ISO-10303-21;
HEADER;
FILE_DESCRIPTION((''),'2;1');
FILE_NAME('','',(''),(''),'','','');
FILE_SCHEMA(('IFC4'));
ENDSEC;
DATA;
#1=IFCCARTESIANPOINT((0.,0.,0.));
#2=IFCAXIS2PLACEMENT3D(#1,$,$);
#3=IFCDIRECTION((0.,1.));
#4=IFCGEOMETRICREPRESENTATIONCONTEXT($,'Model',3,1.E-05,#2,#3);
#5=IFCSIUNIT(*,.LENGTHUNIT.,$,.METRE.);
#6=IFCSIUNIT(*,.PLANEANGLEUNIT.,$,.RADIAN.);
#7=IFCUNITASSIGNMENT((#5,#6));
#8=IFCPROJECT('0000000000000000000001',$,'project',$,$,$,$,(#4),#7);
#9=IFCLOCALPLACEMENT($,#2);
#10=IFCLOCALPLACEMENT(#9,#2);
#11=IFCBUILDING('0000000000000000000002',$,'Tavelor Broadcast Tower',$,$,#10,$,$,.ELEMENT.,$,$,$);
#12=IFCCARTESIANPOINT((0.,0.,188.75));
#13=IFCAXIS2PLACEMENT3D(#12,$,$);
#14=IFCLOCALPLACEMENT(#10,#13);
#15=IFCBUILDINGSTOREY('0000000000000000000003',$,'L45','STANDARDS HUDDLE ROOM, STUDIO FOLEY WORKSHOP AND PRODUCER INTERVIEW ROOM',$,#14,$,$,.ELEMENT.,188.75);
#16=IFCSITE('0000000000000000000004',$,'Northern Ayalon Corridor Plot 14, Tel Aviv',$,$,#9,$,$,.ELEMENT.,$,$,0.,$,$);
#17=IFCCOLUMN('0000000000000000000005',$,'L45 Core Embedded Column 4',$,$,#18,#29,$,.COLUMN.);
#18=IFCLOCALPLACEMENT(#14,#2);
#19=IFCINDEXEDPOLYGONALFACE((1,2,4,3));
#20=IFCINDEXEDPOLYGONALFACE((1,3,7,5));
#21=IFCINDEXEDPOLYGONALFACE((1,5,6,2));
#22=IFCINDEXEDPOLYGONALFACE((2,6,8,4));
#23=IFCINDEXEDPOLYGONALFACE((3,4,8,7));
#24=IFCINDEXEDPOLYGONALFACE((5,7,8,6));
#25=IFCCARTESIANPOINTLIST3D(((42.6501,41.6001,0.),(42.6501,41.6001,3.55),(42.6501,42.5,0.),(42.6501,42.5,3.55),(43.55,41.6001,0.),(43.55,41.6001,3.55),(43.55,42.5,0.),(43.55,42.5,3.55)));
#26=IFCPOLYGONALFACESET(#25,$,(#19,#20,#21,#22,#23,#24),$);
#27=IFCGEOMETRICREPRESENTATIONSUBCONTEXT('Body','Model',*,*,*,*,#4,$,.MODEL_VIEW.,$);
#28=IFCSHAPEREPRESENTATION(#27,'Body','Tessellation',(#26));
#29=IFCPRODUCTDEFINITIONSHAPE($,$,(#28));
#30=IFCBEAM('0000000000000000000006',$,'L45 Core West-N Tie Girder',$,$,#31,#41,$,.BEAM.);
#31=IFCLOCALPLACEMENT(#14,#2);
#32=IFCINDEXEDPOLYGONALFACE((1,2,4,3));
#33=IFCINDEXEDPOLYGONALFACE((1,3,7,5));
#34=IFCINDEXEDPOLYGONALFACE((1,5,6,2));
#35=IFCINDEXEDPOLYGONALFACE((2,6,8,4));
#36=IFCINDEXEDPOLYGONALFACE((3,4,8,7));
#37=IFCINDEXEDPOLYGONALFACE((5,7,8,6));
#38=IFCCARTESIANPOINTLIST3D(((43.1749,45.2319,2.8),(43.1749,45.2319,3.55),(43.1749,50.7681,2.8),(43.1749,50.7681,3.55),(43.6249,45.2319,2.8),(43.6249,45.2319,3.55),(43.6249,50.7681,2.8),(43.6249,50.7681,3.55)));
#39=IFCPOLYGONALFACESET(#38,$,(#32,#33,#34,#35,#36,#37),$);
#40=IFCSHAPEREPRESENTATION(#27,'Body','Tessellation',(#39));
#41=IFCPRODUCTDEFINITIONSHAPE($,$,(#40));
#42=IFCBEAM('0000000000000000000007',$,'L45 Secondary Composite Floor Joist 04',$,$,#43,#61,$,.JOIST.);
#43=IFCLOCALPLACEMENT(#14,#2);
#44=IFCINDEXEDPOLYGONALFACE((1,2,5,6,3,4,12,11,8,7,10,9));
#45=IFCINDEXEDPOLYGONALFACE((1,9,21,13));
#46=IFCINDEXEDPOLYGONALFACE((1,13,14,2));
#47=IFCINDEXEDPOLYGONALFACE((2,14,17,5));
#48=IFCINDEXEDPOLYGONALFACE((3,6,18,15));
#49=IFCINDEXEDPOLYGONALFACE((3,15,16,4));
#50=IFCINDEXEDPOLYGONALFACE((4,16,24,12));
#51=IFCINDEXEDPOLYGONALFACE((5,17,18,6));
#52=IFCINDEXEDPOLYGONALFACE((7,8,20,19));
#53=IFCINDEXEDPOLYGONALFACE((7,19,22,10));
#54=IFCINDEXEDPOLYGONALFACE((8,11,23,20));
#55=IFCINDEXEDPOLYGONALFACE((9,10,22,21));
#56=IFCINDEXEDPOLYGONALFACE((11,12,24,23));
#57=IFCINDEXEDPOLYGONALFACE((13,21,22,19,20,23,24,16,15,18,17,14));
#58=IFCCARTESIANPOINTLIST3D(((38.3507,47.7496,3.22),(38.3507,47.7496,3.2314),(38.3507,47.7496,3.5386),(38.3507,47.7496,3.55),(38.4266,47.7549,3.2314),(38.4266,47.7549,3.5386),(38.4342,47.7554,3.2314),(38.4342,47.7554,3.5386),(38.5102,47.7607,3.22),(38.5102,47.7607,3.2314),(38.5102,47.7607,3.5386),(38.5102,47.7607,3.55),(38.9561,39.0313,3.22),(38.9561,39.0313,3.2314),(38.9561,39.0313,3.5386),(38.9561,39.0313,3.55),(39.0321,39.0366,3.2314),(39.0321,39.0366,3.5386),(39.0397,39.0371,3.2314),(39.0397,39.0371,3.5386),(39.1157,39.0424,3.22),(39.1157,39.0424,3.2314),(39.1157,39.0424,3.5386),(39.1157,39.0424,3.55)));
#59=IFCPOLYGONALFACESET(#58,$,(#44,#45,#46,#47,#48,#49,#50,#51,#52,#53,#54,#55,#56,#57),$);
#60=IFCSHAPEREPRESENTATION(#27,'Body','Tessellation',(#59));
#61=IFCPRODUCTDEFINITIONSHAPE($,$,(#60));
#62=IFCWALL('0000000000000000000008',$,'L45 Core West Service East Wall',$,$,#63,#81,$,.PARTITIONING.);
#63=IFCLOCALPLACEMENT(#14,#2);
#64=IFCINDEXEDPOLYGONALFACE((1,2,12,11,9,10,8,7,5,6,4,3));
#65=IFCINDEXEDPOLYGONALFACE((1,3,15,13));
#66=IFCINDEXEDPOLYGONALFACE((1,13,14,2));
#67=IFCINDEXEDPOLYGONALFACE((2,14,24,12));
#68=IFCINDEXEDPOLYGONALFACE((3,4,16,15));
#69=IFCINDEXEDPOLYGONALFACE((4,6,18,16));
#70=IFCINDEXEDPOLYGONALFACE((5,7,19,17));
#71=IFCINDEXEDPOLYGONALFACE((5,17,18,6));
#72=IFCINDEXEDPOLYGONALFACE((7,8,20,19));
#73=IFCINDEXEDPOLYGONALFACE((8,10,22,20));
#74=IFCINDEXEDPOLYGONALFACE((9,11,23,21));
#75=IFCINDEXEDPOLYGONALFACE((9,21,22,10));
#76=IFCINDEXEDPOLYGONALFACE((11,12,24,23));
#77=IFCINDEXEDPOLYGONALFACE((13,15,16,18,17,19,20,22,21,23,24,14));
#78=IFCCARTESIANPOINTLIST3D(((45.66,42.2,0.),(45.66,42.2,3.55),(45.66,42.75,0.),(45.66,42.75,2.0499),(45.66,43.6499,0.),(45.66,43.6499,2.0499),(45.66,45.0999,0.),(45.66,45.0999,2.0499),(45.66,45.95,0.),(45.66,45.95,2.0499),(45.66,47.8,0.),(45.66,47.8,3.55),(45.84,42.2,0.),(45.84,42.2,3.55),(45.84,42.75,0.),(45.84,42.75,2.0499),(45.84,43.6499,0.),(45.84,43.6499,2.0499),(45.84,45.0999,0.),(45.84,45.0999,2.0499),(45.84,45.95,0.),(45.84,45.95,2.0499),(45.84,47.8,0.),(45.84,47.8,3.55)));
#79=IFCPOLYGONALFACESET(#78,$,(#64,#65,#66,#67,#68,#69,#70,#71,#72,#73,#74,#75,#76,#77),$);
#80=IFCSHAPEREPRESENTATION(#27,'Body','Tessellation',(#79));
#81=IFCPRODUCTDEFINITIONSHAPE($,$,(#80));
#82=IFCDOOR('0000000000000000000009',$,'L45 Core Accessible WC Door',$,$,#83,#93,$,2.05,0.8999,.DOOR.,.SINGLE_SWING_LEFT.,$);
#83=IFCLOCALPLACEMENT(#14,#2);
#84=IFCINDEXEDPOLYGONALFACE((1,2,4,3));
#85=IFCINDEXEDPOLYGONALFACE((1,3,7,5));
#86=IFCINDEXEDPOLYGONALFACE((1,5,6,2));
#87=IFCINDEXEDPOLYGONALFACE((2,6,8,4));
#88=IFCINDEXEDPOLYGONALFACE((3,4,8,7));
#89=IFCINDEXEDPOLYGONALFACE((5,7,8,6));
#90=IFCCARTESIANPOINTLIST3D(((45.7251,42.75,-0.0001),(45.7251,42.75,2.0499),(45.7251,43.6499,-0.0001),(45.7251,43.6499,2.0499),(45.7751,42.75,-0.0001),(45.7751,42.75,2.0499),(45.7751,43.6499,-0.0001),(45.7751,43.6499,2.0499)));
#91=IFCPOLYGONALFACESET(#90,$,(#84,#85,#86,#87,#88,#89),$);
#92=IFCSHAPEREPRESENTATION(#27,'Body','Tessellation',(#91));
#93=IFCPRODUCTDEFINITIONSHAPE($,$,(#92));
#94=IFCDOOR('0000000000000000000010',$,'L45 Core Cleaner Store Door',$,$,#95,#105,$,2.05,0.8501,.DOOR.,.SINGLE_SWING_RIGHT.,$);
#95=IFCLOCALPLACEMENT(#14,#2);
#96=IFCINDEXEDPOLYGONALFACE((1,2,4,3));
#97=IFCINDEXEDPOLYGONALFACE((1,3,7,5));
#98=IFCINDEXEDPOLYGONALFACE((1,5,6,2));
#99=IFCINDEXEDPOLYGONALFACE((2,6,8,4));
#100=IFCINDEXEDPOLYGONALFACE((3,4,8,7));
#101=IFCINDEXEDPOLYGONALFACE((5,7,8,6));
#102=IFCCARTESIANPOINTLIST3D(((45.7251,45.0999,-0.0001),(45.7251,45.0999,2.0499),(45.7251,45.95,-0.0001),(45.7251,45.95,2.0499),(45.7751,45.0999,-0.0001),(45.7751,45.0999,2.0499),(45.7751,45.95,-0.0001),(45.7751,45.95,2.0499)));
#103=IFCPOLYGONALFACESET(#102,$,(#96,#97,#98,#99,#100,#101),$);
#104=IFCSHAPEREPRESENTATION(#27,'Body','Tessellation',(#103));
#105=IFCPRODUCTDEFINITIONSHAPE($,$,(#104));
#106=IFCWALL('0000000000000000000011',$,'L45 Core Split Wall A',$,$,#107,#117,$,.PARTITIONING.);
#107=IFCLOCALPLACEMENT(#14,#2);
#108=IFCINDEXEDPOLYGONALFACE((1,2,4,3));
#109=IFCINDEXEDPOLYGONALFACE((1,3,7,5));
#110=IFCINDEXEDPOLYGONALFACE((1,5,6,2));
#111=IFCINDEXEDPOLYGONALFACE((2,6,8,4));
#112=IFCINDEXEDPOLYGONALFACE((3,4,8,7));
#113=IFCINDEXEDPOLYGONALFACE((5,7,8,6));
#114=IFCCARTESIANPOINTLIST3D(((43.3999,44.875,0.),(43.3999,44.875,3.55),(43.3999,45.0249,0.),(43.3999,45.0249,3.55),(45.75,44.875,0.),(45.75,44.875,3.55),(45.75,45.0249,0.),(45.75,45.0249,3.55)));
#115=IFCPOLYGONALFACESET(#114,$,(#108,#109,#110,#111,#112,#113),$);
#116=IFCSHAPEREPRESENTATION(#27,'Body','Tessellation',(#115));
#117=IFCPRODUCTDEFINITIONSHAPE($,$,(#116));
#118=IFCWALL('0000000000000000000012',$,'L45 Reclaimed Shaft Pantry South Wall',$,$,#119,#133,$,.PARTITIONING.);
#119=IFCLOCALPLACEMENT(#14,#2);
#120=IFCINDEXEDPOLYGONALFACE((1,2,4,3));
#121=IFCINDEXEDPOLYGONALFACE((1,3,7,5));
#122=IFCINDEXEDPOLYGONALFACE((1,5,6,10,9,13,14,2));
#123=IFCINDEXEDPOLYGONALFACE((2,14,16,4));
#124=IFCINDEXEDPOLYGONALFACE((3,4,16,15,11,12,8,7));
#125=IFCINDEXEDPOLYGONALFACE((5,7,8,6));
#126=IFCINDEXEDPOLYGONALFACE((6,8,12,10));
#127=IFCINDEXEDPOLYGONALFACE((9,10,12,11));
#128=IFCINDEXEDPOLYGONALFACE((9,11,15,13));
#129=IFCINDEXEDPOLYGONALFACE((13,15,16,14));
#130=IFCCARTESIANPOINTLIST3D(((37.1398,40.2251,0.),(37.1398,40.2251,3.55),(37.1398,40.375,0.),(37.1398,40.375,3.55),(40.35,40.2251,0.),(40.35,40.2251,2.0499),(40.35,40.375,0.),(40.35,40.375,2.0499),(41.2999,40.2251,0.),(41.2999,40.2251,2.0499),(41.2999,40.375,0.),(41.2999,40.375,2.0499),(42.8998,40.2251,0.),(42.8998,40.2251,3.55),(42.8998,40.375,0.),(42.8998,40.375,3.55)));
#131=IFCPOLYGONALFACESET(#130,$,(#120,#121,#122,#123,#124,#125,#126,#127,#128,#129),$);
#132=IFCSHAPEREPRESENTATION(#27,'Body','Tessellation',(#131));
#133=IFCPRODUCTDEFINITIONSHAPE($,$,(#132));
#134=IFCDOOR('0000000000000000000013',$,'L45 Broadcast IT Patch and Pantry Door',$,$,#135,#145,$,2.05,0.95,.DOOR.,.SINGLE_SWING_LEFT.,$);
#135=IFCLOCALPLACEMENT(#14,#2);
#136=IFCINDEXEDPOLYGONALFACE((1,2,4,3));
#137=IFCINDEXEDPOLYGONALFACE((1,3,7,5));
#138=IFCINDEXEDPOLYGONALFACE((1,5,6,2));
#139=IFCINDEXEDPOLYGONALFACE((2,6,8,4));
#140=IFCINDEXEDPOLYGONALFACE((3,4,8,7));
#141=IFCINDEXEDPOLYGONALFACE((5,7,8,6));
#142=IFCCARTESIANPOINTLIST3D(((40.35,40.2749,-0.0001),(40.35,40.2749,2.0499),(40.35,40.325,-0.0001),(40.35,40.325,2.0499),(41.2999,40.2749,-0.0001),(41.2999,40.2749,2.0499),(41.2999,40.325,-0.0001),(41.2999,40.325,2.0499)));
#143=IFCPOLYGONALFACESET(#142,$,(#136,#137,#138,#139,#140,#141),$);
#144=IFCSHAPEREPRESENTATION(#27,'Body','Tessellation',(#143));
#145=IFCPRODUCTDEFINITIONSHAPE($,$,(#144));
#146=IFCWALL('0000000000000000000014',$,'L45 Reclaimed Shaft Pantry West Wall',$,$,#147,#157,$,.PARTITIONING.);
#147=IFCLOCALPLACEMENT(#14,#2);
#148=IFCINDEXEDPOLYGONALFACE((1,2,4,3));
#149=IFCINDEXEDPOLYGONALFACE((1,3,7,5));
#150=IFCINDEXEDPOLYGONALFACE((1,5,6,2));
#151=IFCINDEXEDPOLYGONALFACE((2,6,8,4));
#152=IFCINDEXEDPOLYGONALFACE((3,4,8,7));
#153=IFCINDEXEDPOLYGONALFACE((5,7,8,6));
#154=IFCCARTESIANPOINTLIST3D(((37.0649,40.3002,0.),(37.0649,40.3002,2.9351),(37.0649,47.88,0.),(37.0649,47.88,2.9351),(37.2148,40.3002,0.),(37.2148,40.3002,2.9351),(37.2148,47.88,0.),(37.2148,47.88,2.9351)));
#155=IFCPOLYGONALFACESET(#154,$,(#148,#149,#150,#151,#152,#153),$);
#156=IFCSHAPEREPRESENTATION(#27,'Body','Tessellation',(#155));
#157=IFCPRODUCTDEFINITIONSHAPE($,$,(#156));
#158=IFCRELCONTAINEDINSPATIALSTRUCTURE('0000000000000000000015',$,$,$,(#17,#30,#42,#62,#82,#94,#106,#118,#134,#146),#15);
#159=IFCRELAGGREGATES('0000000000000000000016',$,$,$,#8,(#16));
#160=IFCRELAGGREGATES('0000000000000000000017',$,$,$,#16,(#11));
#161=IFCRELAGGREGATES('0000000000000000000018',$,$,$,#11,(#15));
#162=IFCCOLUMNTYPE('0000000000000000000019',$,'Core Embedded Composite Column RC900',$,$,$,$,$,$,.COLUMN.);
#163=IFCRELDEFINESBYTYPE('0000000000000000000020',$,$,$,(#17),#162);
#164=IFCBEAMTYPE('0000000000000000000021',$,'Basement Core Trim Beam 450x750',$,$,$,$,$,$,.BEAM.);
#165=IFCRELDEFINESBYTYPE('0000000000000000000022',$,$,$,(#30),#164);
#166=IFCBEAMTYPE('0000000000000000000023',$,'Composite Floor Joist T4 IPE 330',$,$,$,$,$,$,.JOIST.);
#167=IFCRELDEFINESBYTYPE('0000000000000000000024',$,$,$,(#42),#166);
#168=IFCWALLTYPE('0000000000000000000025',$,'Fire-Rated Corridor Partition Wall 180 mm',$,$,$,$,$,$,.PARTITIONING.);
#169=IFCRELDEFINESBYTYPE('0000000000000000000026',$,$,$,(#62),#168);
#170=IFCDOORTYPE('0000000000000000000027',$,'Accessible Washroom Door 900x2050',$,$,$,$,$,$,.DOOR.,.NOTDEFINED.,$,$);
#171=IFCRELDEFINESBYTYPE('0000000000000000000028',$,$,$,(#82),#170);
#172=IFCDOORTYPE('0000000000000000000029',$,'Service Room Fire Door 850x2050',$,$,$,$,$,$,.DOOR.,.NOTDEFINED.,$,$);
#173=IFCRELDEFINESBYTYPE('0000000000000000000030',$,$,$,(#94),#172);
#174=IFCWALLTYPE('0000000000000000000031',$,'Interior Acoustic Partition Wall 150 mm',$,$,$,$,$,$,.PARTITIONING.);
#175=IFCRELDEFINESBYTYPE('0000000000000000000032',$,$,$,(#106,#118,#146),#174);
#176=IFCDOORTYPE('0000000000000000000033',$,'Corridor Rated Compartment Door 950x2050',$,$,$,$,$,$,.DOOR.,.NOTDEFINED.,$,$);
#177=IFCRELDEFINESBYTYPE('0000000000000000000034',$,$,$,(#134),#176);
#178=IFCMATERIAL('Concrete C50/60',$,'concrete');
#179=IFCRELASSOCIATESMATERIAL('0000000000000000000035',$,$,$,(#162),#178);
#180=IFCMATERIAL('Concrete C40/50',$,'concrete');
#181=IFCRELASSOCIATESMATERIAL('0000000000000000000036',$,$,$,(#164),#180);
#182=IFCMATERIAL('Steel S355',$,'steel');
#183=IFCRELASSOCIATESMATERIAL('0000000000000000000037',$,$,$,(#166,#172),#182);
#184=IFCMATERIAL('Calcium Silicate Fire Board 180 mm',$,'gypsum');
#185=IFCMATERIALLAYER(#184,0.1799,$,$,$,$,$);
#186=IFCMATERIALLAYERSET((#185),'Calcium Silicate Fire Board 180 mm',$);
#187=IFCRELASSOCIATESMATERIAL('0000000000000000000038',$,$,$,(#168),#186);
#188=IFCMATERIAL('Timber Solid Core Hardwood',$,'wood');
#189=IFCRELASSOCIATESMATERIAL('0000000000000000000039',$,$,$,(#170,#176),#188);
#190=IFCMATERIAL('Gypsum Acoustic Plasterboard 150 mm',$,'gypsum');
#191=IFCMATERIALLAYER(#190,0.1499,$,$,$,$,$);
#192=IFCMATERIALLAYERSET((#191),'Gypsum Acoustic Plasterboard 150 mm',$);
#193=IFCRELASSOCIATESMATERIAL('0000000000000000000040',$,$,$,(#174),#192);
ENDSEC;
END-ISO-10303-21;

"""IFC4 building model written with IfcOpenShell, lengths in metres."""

from ifc_helpers import new_model, si_unit, direction, frame, frame_2d, origin, origin_2d, place, context, subcontext, project, spatial, rectangle, i_section, extrude, material, layer, layer_set, material_profile, profile_set, type_object, element, fill, save


model = new_model("IFC4")

# Units and contexts
model_context = context("Model", 3, precision=1e-05, world=origin(), true_north=direction((0.0, 1.0)))
body_context = subcontext(model_context, "Body", "Model", "MODEL_VIEW")
ifc_project = project(units=[si_unit("LENGTHUNIT", "METRE"), si_unit("PLANEANGLEUNIT", "RADIAN")], contexts=[model_context])

# Site, building, storey
site_placement = place(None, origin())
site = spatial("IfcSite", under=ifc_project, at=site_placement, Name="Northern Ayalon Corridor Plot 14, Tel Aviv", CompositionType="ELEMENT", RefElevation=0.0)
building_placement = place(site_placement, origin())
building = spatial("IfcBuilding", under=site, at=building_placement, Name="Tavelor Broadcast Tower", CompositionType="ELEMENT")
storey_placement = place(building_placement, frame((0.0, 0.0, 188.75)))
storey = spatial("IfcBuildingStorey", under=building, at=storey_placement, Name="L45", Description="STANDARDS HUDDLE ROOM, STUDIO FOLEY WORKSHOP AND PRODUCER INTERVIEW ROOM", CompositionType="ELEMENT", Elevation=188.75)

# Column
ifc_material_1 = material(Name="Concrete C50/60", Category="concrete")
ifc_material_profile_1 = material_profile(ifc_material_1, rectangle(XDim=0.8999, YDim=0.8999, at=origin_2d()), Name="RC 900x900")
ifc_profile_set_1 = profile_set([ifc_material_profile_1], Name="Concrete C50/60")
column_type = type_object("IfcColumnType", Name="Core Embedded Composite Column RC900", PredefinedType="COLUMN", material=ifc_profile_set_1)
column_placement = place(storey_placement, frame((43.1001, 42.05, 0.0), z_axis=(0.0, 0.0, 1.0), x_axis=(1.0, 0.0, 0.0)))
element("IfcColumn", 1, at=column_placement, inside=storey, type_object=column_type, Name="L45 Core Embedded Column 4", PredefinedType="COLUMN", context=body_context, shape_type="SweptSolid", body=[
    extrude(rectangle(XDim=0.8999, YDim=0.8999, at=origin_2d()), origin(), (0.0, 0.0, 1.0), 3.55),
])

# Beams
ifc_material_2 = material(Name="Concrete C40/50", Category="concrete")
ifc_material_profile_2 = material_profile(ifc_material_2, rectangle(XDim=0.45, YDim=0.75, at=origin_2d()), Name="RC 450x750")
ifc_profile_set_2 = profile_set([ifc_material_profile_2], Name="Concrete C40/50")
beam_type_1 = type_object("IfcBeamType", Name="Basement Core Trim Beam 450x750", PredefinedType="BEAM", material=ifc_profile_set_2)
beam_1_placement = place(storey_placement, frame((43.3999, 45.2319, 3.175), z_axis=(0.0, 1.0, 0.0), x_axis=(-1.0, 0.0, 0.0)))
element("IfcBeam", 2, at=beam_1_placement, inside=storey, type_object=beam_type_1, Name="L45 Core West-N Tie Girder", PredefinedType="BEAM", context=body_context, shape_type="SweptSolid", body=[
    extrude(rectangle(XDim=0.45, YDim=0.75, at=origin_2d()), origin(), (0.0, 0.0, 1.0), 5.5361),
])
ifc_material_3 = material(Name="Steel S355", Category="steel")
ifc_material_profile_3 = material_profile(ifc_material_3, i_section(OverallWidth=0.1599, OverallDepth=0.3301, WebThickness=0.0076, FlangeThickness=0.0115, at=origin_2d()), Name="IPE 330")
ifc_profile_set_3 = profile_set([ifc_material_profile_3], Name="Steel S355")
beam_type_2 = type_object("IfcBeamType", Name="Composite Floor Joist T4 IPE 330", PredefinedType="JOIST", material=ifc_profile_set_3)
beam_2_placement = place(storey_placement, frame((38.4304, 47.7551, 3.385), z_axis=(0.069281, -0.997597, 0.0), x_axis=(0.997597, 0.069281, 0.0)))
element("IfcBeam", 3, at=beam_2_placement, inside=storey, type_object=beam_type_2, Name="L45 Secondary Composite Floor Joist 04", PredefinedType="JOIST", context=body_context, shape_type="SweptSolid", body=[
    extrude(i_section(OverallWidth=0.1599, OverallDepth=0.3301, WebThickness=0.0076, FlangeThickness=0.0115, at=origin_2d()), origin(), (0.0, 0.0, 1.0), 8.7393),
])

# Wall, openings, doors
ifc_material_4 = material(Name="Calcium Silicate Fire Board 180 mm", Category="gypsum")
ifc_layer_1 = layer(ifc_material_4, 0.1799)
ifc_layer_set_1 = layer_set([ifc_layer_1], Name="Calcium Silicate Fire Board 180 mm")
wall_type_1 = type_object("IfcWallType", Name="Fire-Rated Corridor Partition Wall 180 mm", PredefinedType="PARTITIONING", material=ifc_layer_set_1)
wall_1_placement = place(storey_placement, frame((45.75, 42.2, 0.0), z_axis=(0.0, 0.0, 1.0), x_axis=(0.0, 1.0, 0.0)))
wall_1 = element("IfcWall", 4, at=wall_1_placement, inside=storey, type_object=wall_type_1, Name="L45 Core West Service East Wall", PredefinedType="PARTITIONING", context=body_context, shape_type="SweptSolid", body=[
    extrude(rectangle(XDim=5.6001, YDim=0.1799, at=frame_2d((2.8, 0.0))), origin(), (0.0, 0.0, 1.0), 3.55),
])
opening_1_placement = place(wall_1_placement, frame((0.55, 0.0, 0.0)))
opening_1 = element("IfcOpeningElement", 5, at=opening_1_placement, cuts=wall_1, PredefinedType="OPENING", context=body_context, shape_type="SweptSolid", body=[
    extrude(rectangle(XDim=0.8999, YDim=2.05, at=frame_2d((0.45, 1.0249))), frame((0.0, 0.1001, 0.0), z_axis=(0.0, -1.0, 0.0), x_axis=(1.0, 0.0, 0.0)), (0.0, 0.0, 1.0), 0.2),
])
opening_2_placement = place(wall_1_placement, frame((2.8999, 0.0, 0.0)))
opening_2 = element("IfcOpeningElement", 6, at=opening_2_placement, cuts=wall_1, PredefinedType="OPENING", context=body_context, shape_type="SweptSolid", body=[
    extrude(rectangle(XDim=0.8501, YDim=2.05, at=frame_2d((0.425, 1.0249))), frame((0.0, 0.1001, 0.0), z_axis=(0.0, -1.0, 0.0), x_axis=(1.0, 0.0, 0.0)), (0.0, 0.0, 1.0), 0.2),
])
ifc_material_5 = material(Name="Timber Solid Core Hardwood", Category="wood")
door_type_1 = type_object("IfcDoorType", Name="Accessible Washroom Door 900x2050", OperationType="NOTDEFINED", PredefinedType="DOOR", material=ifc_material_5)
door_1_placement = place(opening_1_placement, origin())
door_1 = element("IfcDoor", 7, at=door_1_placement, inside=storey, type_object=door_type_1, Name="L45 Core Accessible WC Door", OperationType="SINGLE_SWING_LEFT", OverallHeight=2.05, OverallWidth=0.8999, PredefinedType="DOOR", context=body_context, shape_type="SweptSolid", body=[
    extrude(rectangle(XDim=0.8999, YDim=2.05, at=frame_2d((0.45, 1.0249))), frame((0.0, 0.0249, 0.0), z_axis=(0.0, -1.0, 0.0), x_axis=(1.0, 0.0, 0.0)), (0.0, 0.0, 1.0), 0.05),
])
fill(opening_1, door_1)
door_type_2 = type_object("IfcDoorType", Name="Service Room Fire Door 850x2050", OperationType="NOTDEFINED", PredefinedType="DOOR", material=ifc_material_3)
door_2_placement = place(opening_2_placement, origin())
door_2 = element("IfcDoor", 8, at=door_2_placement, inside=storey, type_object=door_type_2, Name="L45 Core Cleaner Store Door", OperationType="SINGLE_SWING_RIGHT", OverallHeight=2.05, OverallWidth=0.8501, PredefinedType="DOOR", context=body_context, shape_type="SweptSolid", body=[
    extrude(rectangle(XDim=0.8501, YDim=2.05, at=frame_2d((0.425, 1.0249))), frame((0.0, 0.0249, 0.0), z_axis=(0.0, -1.0, 0.0), x_axis=(1.0, 0.0, 0.0)), (0.0, 0.0, 1.0), 0.05),
])
fill(opening_2, door_2)

# Wall
ifc_material_6 = material(Name="Gypsum Acoustic Plasterboard 150 mm", Category="gypsum")
ifc_layer_2 = layer(ifc_material_6, 0.1499)
ifc_layer_set_2 = layer_set([ifc_layer_2], Name="Gypsum Acoustic Plasterboard 150 mm")
wall_type_2 = type_object("IfcWallType", Name="Interior Acoustic Partition Wall 150 mm", PredefinedType="PARTITIONING", material=ifc_layer_set_2)
wall_2_placement = place(storey_placement, frame((43.3999, 44.95, 0.0), z_axis=(0.0, 0.0, 1.0), x_axis=(1.0, 0.0, 0.0)))
element("IfcWall", 9, at=wall_2_placement, inside=storey, type_object=wall_type_2, Name="L45 Core Split Wall A", PredefinedType="PARTITIONING", context=body_context, shape_type="SweptSolid", body=[
    extrude(rectangle(XDim=2.3501, YDim=0.1499, at=frame_2d((1.175, 0.0))), origin(), (0.0, 0.0, 1.0), 3.55),
])

# Wall, opening, door
wall_3_placement = place(storey_placement, frame((37.1399, 40.3, 0.0), z_axis=(0.0, 0.0, 1.0), x_axis=(1.0, 0.0, 0.0)))
wall_3 = element("IfcWall", 10, at=wall_3_placement, inside=storey, type_object=wall_type_2, Name="L45 Reclaimed Shaft Pantry South Wall", PredefinedType="PARTITIONING", context=body_context, shape_type="SweptSolid", body=[
    extrude(rectangle(XDim=5.76, YDim=0.1499, at=frame_2d((2.8799, 0.0))), origin(), (0.0, 0.0, 1.0), 3.55),
])
opening_3_placement = place(wall_3_placement, frame((3.21, 0.0, 0.0)))
opening_3 = element("IfcOpeningElement", 11, at=opening_3_placement, cuts=wall_3, PredefinedType="OPENING", context=body_context, shape_type="SweptSolid", body=[
    extrude(rectangle(XDim=0.95, YDim=2.05, at=frame_2d((0.4751, 1.0249))), frame((0.0, 0.085, 0.0), z_axis=(0.0, -1.0, 0.0), x_axis=(1.0, 0.0, 0.0)), (0.0, 0.0, 1.0), 0.1699),
])
door_type_3 = type_object("IfcDoorType", Name="Corridor Rated Compartment Door 950x2050", OperationType="NOTDEFINED", PredefinedType="DOOR", material=ifc_material_5)
door_3_placement = place(opening_3_placement, origin())
door_3 = element("IfcDoor", 12, at=door_3_placement, inside=storey, type_object=door_type_3, Name="L45 Broadcast IT Patch and Pantry Door", OperationType="SINGLE_SWING_LEFT", OverallHeight=2.05, OverallWidth=0.95, PredefinedType="DOOR", context=body_context, shape_type="SweptSolid", body=[
    extrude(rectangle(XDim=0.95, YDim=2.05, at=frame_2d((0.4751, 1.0249))), frame((0.0, 0.0249, 0.0), z_axis=(0.0, -1.0, 0.0), x_axis=(1.0, 0.0, 0.0)), (0.0, 0.0, 1.0), 0.05),
])
fill(opening_3, door_3)

# Wall
wall_4_placement = place(storey_placement, frame((37.1399, 40.3, 0.0), z_axis=(0.0, 0.0, 1.0), x_axis=(0.0, 1.0, 0.0)))
element("IfcWall", 13, at=wall_4_placement, inside=storey, type_object=wall_type_2, Name="L45 Reclaimed Shaft Pantry West Wall", PredefinedType="PARTITIONING", context=body_context, shape_type="SweptSolid", body=[
    extrude(rectangle(XDim=7.5798, YDim=0.1499, at=frame_2d((3.79, 0.0))), origin(), (0.0, 0.0, 1.0), 2.9351),
])

save(model, "model.ifc")
